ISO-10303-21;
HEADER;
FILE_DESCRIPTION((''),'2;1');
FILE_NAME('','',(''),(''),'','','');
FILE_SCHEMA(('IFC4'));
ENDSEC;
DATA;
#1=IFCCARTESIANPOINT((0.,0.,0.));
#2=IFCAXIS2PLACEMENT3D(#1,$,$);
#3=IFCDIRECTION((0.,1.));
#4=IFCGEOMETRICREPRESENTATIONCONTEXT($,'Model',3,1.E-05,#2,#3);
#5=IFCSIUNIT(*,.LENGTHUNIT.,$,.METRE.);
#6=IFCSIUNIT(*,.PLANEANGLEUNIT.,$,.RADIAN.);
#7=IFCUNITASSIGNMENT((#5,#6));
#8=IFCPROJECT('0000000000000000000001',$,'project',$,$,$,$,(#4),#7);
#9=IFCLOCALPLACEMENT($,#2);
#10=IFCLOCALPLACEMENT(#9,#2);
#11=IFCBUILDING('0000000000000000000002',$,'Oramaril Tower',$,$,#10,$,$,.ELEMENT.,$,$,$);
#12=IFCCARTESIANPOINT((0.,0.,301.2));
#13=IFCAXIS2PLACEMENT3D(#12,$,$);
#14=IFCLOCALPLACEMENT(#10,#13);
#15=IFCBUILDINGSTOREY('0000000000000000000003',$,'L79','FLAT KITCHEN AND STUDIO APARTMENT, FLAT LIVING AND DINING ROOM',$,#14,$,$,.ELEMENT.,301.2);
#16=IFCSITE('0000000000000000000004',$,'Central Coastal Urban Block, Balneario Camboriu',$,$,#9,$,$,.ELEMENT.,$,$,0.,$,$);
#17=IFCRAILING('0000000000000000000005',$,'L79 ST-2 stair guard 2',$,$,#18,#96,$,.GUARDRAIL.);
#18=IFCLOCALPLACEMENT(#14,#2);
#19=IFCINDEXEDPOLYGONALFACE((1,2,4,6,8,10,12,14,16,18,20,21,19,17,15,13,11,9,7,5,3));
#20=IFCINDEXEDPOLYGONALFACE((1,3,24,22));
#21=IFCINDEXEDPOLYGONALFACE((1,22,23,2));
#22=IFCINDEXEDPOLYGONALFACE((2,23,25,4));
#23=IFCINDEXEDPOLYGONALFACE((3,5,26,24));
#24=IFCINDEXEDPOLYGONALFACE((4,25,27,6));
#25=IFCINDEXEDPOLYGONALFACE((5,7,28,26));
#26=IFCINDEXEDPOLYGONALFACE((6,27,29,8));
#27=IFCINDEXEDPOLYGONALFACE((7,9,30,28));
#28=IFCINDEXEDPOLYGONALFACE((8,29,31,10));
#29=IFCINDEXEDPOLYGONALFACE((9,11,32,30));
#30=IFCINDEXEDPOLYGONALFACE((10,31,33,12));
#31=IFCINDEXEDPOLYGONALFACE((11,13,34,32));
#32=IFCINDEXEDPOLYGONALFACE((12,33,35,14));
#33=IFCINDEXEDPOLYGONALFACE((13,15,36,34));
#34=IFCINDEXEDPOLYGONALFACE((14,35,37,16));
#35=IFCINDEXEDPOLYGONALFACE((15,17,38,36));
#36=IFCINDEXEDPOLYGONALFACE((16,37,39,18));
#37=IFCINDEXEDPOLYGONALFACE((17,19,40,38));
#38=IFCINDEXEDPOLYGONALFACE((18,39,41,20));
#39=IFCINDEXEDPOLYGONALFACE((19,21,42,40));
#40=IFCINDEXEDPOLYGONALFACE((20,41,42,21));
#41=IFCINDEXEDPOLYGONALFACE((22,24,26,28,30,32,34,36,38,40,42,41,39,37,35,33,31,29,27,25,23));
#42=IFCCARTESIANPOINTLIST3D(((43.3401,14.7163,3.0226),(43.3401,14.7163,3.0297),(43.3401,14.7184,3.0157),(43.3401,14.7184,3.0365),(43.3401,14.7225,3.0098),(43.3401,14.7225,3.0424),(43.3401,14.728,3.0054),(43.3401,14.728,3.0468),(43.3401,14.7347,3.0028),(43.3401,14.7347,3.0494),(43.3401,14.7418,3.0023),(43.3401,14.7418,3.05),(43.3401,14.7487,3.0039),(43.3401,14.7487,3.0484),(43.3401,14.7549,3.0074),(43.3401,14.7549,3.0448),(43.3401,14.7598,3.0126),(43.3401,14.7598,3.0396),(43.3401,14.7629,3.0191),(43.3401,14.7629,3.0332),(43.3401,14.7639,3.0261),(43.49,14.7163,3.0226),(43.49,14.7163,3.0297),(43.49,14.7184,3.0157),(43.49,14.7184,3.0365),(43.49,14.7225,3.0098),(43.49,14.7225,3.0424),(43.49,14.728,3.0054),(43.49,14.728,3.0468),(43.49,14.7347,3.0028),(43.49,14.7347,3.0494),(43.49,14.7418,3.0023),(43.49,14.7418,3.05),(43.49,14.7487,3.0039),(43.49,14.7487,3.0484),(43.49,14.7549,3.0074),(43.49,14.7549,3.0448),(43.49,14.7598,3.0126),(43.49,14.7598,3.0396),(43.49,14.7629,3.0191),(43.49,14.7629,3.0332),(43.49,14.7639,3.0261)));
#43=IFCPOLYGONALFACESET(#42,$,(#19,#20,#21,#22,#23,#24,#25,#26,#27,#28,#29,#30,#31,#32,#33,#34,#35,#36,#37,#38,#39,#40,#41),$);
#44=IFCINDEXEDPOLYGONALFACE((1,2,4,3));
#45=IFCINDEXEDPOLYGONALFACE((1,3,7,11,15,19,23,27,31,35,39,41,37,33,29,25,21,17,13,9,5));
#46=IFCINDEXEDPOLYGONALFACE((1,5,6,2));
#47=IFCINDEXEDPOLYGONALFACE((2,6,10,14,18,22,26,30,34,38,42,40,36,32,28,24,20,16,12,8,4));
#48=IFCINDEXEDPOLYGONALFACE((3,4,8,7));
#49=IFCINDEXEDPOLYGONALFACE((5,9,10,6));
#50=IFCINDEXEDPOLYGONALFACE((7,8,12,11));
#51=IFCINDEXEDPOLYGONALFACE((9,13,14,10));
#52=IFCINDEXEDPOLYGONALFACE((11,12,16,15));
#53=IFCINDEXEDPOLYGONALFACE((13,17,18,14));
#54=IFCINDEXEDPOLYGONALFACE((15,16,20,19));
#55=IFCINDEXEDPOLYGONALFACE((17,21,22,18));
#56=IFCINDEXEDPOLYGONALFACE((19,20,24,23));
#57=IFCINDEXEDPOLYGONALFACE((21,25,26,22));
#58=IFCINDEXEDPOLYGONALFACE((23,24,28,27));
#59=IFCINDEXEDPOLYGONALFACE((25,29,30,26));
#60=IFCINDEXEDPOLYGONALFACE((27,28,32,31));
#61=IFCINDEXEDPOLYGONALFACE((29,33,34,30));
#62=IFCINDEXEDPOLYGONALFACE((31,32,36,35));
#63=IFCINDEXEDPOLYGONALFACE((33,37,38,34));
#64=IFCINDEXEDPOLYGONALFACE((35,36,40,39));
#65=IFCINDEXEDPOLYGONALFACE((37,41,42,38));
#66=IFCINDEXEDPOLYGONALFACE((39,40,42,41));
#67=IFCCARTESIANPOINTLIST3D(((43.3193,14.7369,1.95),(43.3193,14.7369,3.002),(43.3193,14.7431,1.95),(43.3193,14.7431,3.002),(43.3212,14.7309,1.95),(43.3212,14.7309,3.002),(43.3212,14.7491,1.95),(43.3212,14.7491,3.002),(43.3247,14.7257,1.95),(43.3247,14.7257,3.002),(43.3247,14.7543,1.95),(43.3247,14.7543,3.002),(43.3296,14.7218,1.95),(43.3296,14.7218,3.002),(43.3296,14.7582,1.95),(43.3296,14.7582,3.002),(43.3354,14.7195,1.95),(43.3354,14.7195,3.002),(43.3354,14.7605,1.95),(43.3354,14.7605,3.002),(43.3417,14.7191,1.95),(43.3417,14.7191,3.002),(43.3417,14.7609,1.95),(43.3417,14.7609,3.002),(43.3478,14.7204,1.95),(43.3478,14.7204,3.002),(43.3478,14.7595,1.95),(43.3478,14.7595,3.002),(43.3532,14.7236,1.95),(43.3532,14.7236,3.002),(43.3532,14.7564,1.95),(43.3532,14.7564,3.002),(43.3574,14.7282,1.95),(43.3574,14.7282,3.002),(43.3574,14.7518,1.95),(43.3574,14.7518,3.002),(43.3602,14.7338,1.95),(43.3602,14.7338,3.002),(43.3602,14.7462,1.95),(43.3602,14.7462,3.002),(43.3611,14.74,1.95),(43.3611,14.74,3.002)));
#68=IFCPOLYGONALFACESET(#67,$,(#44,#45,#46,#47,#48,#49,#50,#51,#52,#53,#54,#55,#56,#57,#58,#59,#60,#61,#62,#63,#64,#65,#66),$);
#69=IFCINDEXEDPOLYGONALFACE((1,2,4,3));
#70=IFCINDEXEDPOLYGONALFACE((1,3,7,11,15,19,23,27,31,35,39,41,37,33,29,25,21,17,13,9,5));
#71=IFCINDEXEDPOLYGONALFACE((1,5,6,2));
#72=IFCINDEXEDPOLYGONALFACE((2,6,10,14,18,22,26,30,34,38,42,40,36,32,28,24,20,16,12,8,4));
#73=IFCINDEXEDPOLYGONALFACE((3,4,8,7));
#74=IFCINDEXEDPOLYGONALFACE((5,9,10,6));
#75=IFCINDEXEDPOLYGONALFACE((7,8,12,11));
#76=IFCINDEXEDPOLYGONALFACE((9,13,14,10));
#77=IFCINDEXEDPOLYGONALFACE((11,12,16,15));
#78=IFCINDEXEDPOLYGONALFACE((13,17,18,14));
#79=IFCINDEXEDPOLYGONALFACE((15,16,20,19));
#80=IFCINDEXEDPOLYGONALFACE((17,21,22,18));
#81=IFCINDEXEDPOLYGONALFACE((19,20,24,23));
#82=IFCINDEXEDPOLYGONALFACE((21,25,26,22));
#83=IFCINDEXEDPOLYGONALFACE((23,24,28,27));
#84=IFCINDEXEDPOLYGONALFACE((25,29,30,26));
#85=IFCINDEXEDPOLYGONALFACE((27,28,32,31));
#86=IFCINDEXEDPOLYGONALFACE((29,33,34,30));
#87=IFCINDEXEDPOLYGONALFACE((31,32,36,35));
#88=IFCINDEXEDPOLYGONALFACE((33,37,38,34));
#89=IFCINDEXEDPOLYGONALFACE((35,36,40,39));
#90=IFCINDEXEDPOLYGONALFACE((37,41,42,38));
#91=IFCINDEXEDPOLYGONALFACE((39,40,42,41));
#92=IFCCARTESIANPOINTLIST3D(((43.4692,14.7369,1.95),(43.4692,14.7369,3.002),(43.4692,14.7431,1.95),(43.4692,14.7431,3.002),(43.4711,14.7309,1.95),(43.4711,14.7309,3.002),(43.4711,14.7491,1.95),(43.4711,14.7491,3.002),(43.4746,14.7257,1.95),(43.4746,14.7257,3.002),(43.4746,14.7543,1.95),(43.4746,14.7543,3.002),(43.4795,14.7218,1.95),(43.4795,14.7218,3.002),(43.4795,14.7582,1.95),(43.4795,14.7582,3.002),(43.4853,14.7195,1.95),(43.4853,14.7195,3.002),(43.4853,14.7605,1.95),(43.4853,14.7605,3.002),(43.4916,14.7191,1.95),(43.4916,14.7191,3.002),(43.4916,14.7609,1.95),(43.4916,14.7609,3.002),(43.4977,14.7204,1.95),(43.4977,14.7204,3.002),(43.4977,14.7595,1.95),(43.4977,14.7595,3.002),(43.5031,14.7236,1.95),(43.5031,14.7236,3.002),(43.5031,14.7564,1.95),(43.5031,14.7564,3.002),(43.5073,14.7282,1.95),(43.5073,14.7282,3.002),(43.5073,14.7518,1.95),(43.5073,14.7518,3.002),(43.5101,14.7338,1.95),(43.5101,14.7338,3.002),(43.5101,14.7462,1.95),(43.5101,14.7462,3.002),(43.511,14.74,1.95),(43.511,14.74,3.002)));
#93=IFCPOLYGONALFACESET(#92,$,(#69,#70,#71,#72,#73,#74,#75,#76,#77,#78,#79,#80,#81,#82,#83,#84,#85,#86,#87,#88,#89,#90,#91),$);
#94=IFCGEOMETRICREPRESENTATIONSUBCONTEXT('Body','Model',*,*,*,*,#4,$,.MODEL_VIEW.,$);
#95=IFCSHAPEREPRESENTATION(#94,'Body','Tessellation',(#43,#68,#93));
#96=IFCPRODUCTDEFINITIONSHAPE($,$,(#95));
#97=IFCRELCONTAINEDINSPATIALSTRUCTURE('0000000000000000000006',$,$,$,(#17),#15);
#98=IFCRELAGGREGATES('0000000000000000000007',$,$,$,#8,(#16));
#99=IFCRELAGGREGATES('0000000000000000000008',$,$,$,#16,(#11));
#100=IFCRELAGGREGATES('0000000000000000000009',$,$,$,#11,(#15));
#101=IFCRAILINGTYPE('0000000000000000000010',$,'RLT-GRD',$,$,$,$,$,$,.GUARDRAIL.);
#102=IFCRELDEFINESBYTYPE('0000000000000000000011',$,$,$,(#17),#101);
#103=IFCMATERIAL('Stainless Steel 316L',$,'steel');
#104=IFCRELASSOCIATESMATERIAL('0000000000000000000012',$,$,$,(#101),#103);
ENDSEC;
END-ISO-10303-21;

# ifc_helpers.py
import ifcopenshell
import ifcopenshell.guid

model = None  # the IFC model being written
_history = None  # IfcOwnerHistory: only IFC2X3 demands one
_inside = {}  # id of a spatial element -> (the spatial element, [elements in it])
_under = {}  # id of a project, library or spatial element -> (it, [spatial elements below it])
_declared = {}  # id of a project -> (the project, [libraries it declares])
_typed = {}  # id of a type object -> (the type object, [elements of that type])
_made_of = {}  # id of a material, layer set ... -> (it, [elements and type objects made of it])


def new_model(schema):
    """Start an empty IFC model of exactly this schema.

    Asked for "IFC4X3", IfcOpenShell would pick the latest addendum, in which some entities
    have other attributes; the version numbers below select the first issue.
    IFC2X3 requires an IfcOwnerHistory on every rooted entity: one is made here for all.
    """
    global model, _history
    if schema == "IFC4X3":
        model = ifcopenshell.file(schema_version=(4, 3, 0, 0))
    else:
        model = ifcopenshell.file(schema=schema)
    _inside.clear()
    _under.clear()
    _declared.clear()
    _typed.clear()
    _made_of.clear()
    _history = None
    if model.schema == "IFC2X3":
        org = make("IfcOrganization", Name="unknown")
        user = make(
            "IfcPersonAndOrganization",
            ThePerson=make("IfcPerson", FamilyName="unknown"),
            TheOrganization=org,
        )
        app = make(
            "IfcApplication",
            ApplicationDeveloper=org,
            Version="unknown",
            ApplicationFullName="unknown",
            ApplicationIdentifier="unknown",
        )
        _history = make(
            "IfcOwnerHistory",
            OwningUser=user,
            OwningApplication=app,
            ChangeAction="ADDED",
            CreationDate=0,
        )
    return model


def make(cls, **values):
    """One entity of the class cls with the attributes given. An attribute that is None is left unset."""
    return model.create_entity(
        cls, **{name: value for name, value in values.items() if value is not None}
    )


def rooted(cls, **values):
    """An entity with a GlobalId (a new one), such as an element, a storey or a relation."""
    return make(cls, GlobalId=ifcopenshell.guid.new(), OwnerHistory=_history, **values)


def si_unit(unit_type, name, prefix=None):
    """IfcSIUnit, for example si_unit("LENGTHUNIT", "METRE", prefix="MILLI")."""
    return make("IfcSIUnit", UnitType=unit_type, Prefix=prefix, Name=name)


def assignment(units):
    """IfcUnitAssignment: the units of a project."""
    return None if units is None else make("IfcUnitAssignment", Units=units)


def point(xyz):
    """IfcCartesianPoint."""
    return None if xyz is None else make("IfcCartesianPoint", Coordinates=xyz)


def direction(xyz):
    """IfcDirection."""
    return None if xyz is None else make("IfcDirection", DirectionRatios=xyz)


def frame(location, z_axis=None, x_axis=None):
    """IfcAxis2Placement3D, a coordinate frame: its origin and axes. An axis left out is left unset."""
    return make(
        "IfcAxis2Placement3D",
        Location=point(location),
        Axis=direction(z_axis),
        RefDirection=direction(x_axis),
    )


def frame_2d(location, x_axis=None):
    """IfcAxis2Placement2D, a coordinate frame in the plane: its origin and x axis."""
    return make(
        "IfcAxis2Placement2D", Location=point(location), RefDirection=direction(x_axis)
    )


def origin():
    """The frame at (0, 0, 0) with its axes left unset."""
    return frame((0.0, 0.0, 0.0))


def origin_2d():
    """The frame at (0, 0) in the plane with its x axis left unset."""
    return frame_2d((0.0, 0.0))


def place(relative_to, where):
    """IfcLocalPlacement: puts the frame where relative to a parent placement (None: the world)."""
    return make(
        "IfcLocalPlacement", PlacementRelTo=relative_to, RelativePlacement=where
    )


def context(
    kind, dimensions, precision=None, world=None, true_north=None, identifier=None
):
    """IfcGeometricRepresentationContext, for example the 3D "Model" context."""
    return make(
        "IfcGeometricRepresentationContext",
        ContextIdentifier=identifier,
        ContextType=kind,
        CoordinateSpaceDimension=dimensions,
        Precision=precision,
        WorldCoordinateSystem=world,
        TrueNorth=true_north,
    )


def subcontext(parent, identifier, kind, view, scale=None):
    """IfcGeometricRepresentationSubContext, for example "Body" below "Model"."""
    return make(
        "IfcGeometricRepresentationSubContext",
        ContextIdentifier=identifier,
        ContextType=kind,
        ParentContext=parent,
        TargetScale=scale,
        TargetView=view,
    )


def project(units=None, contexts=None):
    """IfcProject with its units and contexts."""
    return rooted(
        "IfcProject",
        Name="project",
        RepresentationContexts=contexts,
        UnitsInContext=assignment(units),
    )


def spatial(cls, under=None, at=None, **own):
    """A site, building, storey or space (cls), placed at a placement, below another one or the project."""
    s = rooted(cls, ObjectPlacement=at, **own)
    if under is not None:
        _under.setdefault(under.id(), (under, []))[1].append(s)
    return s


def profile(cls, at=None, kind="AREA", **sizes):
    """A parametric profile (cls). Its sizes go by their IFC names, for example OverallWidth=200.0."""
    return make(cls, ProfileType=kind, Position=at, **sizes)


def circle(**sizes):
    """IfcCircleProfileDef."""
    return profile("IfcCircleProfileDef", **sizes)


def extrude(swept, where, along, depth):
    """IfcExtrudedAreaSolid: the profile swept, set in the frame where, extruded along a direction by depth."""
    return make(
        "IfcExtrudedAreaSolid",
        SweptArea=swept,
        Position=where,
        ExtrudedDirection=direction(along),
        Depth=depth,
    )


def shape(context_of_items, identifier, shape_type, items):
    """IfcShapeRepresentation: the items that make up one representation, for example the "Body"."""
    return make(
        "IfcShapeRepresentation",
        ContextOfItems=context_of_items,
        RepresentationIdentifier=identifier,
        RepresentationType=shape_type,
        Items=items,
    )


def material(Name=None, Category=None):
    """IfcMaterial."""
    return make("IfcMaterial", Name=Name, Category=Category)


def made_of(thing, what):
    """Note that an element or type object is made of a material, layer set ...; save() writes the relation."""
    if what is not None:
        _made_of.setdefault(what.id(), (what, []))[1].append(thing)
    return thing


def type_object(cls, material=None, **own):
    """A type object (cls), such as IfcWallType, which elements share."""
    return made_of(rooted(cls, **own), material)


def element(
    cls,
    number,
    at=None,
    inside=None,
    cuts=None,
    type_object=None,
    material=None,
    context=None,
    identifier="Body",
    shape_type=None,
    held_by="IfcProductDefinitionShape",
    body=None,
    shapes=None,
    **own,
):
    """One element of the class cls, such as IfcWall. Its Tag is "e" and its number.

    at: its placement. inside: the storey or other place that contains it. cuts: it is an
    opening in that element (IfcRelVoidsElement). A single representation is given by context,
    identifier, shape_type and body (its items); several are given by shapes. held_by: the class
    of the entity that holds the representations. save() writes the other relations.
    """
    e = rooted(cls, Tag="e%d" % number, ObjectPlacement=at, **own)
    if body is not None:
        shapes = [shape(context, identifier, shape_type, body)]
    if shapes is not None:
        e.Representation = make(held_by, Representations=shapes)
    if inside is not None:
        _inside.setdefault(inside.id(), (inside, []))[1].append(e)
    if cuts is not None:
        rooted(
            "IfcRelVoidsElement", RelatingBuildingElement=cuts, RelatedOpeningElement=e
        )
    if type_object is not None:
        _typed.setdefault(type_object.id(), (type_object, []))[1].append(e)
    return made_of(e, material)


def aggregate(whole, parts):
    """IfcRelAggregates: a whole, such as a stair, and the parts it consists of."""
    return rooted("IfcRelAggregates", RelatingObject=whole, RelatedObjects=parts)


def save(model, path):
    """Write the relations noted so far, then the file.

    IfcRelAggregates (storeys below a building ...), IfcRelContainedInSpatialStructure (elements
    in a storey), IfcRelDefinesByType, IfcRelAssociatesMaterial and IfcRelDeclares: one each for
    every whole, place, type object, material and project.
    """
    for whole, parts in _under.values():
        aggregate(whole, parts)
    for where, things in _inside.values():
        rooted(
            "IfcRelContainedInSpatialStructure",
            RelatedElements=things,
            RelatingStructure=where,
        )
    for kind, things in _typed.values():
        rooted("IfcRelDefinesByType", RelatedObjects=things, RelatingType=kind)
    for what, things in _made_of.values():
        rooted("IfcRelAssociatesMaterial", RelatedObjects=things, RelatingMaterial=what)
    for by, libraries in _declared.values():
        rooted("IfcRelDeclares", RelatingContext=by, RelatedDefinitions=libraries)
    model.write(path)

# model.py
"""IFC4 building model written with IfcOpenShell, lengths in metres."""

from ifc_helpers import new_model, si_unit, direction, frame, origin, origin_2d, place, context, subcontext, project, spatial, circle, extrude, material, type_object, element, save


model = new_model("IFC4")

# Units and contexts
model_context = context("Model", 3, precision=1e-05, world=origin(), true_north=direction((0.0, 1.0)))
body_context = subcontext(model_context, "Body", "Model", "MODEL_VIEW")
ifc_project = project(units=[si_unit("LENGTHUNIT", "METRE"), si_unit("PLANEANGLEUNIT", "RADIAN")], contexts=[model_context])

# Site, building, storey
site_placement = place(None, origin())
site = spatial("IfcSite", under=ifc_project, at=site_placement, Name="Central Coastal Urban Block, Balneario Camboriu", CompositionType="ELEMENT", RefElevation=0.0)
building_placement = place(site_placement, origin())
building = spatial("IfcBuilding", under=site, at=building_placement, Name="Oramaril Tower", CompositionType="ELEMENT")
storey_placement = place(building_placement, frame((0.0, 0.0, 301.2)))
storey = spatial("IfcBuildingStorey", under=building, at=storey_placement, Name="L79", Description="FLAT KITCHEN AND STUDIO APARTMENT, FLAT LIVING AND DINING ROOM", CompositionType="ELEMENT", Elevation=301.2)

# Railing
ifc_material_1 = material(Name="Stainless Steel 316L", Category="steel")
railing_type_1 = type_object("IfcRailingType", Name="RLT-GRD", PredefinedType="GUARDRAIL", material=ifc_material_1)
railing_1_placement = place(storey_placement, frame((43.3401, 14.74, 1.95)))
element("IfcRailing", 1, at=railing_1_placement, inside=storey, type_object=railing_type_1, Name="L79 ST-2 stair guard 2", PredefinedType="GUARDRAIL", context=body_context, shape_type="SweptSolid", body=[
    extrude(circle(Radius=0.0239, at=origin_2d()), frame((0.0, 0.0, 1.0762), z_axis=(1.0, 0.0, 0.0), x_axis=(0.0, 1.0, 0.0)), (0.0, 0.0, 1.0), 0.1499),
    extrude(circle(Radius=0.021, at=origin_2d()), origin(), (0.0, 0.0, 1.0), 1.052),
    extrude(circle(Radius=0.021, at=origin_2d()), frame((0.1499, 0.0, 0.0)), (0.0, 0.0, 1.0), 1.052),
])

save(model, "model.ifc")
